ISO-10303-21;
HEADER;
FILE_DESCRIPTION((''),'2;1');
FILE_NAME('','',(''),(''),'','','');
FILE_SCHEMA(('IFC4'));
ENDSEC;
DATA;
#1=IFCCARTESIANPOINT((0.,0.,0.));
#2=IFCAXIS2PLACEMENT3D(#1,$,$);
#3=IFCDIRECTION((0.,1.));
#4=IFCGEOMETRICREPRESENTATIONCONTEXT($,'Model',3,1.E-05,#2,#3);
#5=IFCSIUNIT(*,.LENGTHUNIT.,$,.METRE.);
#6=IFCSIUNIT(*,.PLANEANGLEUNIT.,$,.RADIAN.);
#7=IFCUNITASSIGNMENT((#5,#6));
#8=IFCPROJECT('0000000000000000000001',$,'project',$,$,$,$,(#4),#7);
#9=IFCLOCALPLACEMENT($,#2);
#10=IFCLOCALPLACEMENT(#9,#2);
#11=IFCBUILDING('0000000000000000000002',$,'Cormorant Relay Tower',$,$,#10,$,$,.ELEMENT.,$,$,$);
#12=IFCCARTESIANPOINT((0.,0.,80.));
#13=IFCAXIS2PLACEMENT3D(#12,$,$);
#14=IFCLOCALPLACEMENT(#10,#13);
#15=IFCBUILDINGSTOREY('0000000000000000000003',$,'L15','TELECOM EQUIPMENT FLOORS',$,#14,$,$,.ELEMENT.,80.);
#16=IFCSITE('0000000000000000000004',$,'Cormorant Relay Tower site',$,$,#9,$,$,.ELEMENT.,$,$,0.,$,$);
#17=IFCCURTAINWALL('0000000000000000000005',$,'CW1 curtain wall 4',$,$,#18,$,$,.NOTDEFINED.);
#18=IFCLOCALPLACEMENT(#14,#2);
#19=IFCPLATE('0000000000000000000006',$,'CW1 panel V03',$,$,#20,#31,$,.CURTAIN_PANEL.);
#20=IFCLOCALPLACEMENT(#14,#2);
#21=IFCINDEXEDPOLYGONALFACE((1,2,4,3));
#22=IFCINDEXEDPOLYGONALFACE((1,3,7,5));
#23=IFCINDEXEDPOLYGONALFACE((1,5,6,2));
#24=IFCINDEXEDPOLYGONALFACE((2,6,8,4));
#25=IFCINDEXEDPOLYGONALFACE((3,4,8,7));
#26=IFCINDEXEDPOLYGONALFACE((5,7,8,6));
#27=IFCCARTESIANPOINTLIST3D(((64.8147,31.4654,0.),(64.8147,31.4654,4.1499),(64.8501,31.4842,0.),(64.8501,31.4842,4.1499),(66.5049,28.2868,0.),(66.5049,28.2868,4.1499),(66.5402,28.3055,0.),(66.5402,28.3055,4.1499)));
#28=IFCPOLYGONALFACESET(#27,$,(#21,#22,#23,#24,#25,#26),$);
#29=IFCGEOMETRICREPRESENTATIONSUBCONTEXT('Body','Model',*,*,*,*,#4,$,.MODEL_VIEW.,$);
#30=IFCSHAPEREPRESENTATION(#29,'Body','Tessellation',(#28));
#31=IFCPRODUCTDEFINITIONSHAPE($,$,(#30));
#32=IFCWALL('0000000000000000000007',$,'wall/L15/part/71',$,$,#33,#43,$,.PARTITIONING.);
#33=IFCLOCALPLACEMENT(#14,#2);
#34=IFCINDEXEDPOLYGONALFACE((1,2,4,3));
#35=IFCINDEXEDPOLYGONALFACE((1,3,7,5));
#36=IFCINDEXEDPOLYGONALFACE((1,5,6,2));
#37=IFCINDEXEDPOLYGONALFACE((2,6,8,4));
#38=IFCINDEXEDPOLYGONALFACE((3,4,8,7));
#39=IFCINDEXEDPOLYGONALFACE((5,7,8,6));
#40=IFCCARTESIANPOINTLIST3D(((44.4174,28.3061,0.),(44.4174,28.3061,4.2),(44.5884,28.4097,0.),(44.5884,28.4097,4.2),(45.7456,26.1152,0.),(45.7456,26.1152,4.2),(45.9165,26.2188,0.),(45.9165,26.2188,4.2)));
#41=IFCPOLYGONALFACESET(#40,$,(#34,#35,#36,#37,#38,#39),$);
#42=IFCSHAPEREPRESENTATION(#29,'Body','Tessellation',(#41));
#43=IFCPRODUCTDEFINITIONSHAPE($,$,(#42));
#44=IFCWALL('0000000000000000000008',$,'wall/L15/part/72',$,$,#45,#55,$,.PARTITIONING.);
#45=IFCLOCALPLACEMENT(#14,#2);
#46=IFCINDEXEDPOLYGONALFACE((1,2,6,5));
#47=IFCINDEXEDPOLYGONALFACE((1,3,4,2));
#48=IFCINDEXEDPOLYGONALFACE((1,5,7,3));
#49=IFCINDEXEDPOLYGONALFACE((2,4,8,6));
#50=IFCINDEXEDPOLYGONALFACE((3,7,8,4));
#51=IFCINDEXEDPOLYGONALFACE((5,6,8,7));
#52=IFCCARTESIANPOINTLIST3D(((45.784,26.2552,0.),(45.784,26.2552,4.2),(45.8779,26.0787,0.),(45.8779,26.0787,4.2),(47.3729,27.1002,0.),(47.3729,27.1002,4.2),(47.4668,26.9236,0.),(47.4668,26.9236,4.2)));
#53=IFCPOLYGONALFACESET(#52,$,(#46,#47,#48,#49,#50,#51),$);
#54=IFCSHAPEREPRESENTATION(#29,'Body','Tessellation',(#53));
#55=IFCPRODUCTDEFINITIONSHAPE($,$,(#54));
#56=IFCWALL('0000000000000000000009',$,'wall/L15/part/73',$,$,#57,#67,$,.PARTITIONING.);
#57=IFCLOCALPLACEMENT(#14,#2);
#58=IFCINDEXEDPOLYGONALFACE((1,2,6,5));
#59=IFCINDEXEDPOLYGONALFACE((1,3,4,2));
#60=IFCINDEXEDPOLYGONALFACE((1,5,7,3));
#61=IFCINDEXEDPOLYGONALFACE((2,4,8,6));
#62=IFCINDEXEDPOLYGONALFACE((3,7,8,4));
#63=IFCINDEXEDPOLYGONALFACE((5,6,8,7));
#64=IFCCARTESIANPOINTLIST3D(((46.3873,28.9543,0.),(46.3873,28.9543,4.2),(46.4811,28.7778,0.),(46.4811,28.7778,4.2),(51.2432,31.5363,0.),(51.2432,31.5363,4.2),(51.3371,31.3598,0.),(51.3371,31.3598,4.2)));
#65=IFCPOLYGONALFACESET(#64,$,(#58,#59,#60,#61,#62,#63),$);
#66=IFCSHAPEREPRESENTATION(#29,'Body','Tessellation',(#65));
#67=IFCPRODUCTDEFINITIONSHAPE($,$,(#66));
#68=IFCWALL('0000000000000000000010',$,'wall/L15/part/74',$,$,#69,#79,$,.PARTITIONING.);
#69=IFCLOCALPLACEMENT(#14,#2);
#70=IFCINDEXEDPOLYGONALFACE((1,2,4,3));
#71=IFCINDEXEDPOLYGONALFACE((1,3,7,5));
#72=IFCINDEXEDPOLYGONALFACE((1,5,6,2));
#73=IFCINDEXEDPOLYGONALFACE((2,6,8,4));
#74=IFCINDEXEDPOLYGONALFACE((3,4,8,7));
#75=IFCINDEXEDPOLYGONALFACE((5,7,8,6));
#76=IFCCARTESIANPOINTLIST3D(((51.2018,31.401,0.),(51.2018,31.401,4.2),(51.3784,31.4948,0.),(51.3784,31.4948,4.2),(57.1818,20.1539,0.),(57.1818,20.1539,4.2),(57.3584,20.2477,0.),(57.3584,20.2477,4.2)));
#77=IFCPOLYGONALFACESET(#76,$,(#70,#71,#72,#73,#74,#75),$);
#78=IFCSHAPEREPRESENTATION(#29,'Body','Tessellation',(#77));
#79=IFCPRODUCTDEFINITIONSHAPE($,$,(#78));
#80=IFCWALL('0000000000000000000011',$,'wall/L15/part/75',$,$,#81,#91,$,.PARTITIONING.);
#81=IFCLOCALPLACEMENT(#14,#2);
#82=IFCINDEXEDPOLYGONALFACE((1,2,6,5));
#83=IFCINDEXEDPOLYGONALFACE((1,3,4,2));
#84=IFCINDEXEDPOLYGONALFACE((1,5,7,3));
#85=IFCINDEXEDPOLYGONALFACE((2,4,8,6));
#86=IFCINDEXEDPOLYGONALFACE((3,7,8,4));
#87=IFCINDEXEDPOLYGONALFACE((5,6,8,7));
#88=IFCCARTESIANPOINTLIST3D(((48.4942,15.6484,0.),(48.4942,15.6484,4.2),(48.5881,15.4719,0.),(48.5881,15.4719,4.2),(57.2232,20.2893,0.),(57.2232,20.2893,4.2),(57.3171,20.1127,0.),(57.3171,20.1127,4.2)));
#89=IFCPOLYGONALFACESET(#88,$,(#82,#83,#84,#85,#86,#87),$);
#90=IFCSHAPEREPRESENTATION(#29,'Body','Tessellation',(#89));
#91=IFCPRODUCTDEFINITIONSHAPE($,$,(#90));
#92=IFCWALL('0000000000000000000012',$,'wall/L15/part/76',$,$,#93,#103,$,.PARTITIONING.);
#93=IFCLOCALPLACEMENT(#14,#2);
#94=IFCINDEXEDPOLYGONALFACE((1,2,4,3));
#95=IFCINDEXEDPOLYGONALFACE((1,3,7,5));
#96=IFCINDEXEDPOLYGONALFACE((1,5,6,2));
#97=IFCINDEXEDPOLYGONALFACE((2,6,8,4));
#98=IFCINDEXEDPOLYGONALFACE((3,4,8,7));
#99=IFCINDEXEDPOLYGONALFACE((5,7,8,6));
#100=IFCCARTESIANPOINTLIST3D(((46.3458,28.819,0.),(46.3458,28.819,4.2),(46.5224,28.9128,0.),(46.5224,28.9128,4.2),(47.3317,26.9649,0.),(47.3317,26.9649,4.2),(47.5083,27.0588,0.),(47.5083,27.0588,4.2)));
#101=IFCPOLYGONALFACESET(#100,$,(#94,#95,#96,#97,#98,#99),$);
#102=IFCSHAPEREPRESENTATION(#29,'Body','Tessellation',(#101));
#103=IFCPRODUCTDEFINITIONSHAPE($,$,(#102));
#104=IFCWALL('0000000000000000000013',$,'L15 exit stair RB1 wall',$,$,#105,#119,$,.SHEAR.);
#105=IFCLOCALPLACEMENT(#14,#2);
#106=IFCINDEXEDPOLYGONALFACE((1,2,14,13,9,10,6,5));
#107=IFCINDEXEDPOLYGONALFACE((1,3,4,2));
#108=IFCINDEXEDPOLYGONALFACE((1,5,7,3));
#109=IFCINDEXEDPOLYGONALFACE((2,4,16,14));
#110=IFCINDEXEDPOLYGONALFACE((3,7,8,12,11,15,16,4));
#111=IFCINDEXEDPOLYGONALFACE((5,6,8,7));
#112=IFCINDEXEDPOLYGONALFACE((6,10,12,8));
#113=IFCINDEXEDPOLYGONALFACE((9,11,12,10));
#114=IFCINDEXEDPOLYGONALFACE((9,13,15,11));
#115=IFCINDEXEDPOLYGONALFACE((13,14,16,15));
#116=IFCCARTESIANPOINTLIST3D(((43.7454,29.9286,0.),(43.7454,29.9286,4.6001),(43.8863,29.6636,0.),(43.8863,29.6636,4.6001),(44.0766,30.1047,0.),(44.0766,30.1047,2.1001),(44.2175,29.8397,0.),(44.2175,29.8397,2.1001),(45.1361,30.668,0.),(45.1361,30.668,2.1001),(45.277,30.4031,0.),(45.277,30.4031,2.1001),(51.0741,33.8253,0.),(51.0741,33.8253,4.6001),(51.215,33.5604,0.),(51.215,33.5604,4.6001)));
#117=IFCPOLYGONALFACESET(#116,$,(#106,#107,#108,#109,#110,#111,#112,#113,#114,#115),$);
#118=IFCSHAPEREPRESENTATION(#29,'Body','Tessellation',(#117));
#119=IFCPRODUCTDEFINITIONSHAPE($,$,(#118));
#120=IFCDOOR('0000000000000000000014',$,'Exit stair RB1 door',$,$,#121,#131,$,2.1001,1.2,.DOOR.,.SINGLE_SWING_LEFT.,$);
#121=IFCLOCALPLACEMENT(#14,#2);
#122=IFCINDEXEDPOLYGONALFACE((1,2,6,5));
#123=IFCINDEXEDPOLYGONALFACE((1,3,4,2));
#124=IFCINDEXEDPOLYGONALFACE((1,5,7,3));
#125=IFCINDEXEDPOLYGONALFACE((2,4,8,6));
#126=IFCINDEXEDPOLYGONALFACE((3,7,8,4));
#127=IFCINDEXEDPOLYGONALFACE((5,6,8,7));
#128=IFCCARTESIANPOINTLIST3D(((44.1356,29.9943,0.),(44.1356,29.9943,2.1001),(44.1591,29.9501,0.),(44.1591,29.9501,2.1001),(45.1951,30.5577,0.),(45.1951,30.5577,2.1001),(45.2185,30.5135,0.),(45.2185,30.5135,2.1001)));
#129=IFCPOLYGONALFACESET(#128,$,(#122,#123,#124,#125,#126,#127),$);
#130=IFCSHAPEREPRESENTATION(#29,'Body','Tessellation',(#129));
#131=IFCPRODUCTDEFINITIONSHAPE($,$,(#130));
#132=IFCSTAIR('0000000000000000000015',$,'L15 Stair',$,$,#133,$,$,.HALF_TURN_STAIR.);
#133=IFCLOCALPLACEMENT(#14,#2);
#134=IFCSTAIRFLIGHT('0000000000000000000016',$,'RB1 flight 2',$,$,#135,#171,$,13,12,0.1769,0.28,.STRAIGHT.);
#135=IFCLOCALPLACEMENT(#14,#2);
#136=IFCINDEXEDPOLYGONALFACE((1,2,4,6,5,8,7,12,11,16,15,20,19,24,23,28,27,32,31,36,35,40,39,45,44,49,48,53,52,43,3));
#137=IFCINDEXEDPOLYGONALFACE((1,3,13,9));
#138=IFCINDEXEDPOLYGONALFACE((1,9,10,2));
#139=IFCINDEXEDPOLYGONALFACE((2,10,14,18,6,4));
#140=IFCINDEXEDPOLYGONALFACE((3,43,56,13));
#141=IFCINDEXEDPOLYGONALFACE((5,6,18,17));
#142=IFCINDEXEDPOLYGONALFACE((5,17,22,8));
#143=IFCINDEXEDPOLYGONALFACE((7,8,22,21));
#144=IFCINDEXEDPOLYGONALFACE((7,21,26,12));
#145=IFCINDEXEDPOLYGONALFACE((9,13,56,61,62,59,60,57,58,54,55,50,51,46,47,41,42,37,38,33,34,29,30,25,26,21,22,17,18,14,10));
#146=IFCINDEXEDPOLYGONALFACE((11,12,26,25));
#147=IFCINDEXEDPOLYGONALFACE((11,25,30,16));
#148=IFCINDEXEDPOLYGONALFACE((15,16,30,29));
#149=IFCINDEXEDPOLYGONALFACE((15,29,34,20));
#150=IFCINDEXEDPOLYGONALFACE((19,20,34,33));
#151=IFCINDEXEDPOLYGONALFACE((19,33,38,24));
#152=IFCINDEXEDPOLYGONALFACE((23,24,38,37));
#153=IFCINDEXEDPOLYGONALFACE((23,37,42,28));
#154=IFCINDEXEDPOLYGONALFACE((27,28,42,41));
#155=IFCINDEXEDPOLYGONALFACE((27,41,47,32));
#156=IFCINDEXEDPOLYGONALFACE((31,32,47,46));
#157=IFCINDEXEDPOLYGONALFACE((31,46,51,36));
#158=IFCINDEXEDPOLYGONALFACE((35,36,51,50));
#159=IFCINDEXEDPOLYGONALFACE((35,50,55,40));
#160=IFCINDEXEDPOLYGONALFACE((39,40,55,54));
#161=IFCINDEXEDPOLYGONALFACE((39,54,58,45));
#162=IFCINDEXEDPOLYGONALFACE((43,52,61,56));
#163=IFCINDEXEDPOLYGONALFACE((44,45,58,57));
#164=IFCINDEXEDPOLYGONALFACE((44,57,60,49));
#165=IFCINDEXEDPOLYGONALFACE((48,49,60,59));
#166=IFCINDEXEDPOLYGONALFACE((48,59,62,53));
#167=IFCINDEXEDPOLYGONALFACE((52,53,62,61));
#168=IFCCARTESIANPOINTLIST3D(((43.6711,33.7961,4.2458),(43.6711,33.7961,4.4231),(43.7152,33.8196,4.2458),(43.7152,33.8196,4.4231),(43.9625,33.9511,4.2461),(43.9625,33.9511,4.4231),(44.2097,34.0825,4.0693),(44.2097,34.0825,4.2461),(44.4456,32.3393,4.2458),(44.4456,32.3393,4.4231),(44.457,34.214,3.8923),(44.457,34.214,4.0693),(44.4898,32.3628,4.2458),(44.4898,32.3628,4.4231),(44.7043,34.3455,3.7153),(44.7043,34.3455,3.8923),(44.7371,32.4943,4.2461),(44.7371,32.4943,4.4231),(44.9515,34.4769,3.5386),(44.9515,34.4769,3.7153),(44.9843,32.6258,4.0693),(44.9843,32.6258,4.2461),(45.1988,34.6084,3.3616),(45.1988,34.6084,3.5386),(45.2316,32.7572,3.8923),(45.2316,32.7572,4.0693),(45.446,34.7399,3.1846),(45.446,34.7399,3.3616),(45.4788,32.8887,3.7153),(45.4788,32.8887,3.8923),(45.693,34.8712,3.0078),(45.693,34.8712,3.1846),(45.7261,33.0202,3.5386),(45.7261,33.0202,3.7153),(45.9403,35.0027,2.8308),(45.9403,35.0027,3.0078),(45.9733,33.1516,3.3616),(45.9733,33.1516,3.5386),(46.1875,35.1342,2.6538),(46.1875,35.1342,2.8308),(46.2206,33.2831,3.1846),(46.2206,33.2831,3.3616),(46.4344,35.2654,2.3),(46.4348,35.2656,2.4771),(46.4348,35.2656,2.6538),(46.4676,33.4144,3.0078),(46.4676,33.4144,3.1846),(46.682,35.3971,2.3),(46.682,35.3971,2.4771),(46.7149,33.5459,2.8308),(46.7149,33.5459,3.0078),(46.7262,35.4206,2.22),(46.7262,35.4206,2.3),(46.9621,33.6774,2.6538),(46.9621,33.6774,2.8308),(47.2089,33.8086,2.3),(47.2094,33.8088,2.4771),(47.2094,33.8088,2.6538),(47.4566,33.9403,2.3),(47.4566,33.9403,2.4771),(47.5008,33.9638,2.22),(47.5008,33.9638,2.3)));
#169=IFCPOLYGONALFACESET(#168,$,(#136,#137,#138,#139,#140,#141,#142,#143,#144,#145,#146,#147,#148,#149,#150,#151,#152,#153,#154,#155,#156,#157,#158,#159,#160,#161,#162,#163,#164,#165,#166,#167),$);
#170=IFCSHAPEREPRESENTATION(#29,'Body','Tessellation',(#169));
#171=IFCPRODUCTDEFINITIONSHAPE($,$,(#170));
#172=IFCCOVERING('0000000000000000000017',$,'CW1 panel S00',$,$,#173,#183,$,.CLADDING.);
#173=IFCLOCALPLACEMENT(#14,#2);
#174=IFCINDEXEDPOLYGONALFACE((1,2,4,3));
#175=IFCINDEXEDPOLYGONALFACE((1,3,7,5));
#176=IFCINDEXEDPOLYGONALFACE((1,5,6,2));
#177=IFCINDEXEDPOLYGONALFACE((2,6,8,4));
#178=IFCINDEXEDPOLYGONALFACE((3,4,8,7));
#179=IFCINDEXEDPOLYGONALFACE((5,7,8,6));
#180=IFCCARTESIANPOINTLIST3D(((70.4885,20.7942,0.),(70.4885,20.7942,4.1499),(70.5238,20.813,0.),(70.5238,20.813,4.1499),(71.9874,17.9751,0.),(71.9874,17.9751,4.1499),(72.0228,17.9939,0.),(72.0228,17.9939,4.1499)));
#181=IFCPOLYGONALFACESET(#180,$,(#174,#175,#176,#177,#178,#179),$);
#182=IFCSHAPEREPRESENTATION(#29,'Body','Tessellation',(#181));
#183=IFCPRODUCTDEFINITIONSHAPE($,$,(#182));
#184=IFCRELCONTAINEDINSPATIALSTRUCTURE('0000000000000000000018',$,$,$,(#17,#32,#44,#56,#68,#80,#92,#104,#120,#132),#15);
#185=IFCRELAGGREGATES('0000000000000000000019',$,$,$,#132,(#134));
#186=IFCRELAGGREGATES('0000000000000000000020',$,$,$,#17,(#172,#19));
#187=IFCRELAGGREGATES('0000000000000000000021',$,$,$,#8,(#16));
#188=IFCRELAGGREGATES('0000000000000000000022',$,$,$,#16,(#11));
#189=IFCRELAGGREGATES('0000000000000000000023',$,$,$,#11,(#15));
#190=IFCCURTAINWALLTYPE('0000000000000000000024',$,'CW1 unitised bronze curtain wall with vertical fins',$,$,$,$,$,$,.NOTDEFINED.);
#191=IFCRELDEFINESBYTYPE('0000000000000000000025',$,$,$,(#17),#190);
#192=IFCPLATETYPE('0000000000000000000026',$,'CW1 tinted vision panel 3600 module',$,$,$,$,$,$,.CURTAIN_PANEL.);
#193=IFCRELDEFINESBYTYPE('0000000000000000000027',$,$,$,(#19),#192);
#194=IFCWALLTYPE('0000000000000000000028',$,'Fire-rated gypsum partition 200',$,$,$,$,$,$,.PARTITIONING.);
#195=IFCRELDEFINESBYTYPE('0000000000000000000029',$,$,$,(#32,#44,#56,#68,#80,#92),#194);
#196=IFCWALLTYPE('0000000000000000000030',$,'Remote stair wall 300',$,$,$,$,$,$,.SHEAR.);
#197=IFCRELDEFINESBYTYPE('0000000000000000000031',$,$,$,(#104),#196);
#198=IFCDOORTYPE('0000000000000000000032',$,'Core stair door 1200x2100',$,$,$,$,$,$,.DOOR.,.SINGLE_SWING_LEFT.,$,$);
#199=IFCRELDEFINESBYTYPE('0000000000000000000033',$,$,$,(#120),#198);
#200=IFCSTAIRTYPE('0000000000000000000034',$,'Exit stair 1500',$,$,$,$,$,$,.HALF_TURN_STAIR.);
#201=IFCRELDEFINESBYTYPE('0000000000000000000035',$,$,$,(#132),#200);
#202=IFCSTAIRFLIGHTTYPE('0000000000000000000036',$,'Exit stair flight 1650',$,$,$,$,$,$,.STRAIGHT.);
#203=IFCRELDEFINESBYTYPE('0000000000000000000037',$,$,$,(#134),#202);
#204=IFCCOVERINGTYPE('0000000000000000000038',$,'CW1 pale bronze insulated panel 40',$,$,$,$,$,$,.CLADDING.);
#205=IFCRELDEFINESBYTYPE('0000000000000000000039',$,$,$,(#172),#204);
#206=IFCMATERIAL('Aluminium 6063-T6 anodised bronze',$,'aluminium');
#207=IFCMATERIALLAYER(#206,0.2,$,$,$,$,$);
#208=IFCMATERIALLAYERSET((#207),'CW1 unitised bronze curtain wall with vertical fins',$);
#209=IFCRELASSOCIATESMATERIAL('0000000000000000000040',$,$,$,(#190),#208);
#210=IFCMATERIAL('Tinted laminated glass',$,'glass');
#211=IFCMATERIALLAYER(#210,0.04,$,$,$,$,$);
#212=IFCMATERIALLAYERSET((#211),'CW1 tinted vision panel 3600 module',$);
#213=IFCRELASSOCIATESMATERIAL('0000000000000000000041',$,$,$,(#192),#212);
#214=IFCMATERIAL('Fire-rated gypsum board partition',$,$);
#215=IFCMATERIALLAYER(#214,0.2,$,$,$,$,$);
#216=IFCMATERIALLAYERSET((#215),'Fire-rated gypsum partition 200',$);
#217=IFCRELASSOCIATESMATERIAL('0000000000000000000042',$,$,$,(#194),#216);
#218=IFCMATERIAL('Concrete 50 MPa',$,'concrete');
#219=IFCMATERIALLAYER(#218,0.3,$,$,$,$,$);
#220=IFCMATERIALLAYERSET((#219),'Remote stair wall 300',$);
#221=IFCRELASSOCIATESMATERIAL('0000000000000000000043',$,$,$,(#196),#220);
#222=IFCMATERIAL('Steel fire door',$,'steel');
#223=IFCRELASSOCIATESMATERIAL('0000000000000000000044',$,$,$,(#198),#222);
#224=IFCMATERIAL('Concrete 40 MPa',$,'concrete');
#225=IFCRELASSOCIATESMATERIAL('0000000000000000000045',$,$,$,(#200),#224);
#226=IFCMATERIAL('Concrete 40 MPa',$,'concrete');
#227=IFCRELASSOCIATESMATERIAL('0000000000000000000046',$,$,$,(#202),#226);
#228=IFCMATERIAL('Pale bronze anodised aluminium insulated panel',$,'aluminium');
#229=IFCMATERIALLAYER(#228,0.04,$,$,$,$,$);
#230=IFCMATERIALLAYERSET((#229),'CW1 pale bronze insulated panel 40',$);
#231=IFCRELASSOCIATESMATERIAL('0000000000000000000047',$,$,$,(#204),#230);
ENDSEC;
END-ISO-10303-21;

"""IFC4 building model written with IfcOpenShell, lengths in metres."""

from ifc_helpers import new_model, si_unit, direction, frame, frame_2d, origin, origin_2d, place, context, subcontext, project, spatial, polyline, rectangle, outline, extrude, material, layer, layer_set, type_object, element, fill, aggregate, save


model = new_model("IFC4")

# Units and contexts
model_context = context("Model", 3, precision=1e-05, world=origin(), true_north=direction((0.0, 1.0)))
body_context = subcontext(model_context, "Body", "Model", "MODEL_VIEW")
ifc_project = project(units=[si_unit("LENGTHUNIT", "METRE"), si_unit("PLANEANGLEUNIT", "RADIAN")], contexts=[model_context])

# Site, building, storey
site_placement = place(None, origin())
site = spatial("IfcSite", under=ifc_project, at=site_placement, Name="Cormorant Relay Tower site", CompositionType="ELEMENT", RefElevation=0.0)
building_placement = place(site_placement, origin())
building = spatial("IfcBuilding", under=site, at=building_placement, Name="Cormorant Relay Tower", CompositionType="ELEMENT")
storey_placement = place(building_placement, frame((0.0, 0.0, 80.0)))
storey = spatial("IfcBuildingStorey", under=building, at=storey_placement, Name="L15", Description="TELECOM EQUIPMENT FLOORS", CompositionType="ELEMENT", Elevation=80.0)

# Curtain wall
ifc_material_1 = material(Name="Aluminium 6063-T6 anodised bronze", Category="aluminium")
ifc_layer_1 = layer(ifc_material_1, 0.2)
ifc_layer_set_1 = layer_set([ifc_layer_1], Name="CW1 unitised bronze curtain wall with vertical fins")
curtain_wall_type = type_object("IfcCurtainWallType", Name="CW1 unitised bronze curtain wall with vertical fins", PredefinedType="NOTDEFINED", material=ifc_layer_set_1)
curtain_wall_placement = place(storey_placement, origin())
curtain_wall = element("IfcCurtainWall", 1, at=curtain_wall_placement, inside=storey, type_object=curtain_wall_type, Name="CW1 curtain wall 4", PredefinedType="NOTDEFINED")

# Plate
ifc_material_2 = material(Name="Tinted laminated glass", Category="glass")
ifc_layer_2 = layer(ifc_material_2, 0.04)
ifc_layer_set_2 = layer_set([ifc_layer_2], Name="CW1 tinted vision panel 3600 module")
plate_type_1 = type_object("IfcPlateType", Name="CW1 tinted vision panel 3600 module", PredefinedType="CURTAIN_PANEL", material=ifc_layer_set_2)
plate_1_placement = place(storey_placement, frame((65.6775, 29.8855, 0.0), z_axis=(0.0, 0.0, 1.0), x_axis=(-0.469472, 0.882948, 0.0)))
plate_1 = element("IfcPlate", 2, at=plate_1_placement, type_object=plate_type_1, Name="CW1 panel V03", PredefinedType="CURTAIN_PANEL", context=body_context, shape_type="SweptSolid", body=[
    extrude(rectangle(XDim=3.6001, YDim=0.04, at=origin_2d()), origin(), (0.0, 0.0, 1.0), 4.1499),
])

# Walls
ifc_material_3 = material(Name="Fire-rated gypsum board partition")
ifc_layer_3 = layer(ifc_material_3, 0.2)
ifc_layer_set_3 = layer_set([ifc_layer_3], Name="Fire-rated gypsum partition 200")
wall_type_1 = type_object("IfcWallType", Name="Fire-rated gypsum partition 200", PredefinedType="PARTITIONING", material=ifc_layer_set_3)
wall_1_placement = place(storey_placement, frame((45.8311, 26.167, 0.0), z_axis=(0.0, 0.0, 1.0), x_axis=(-0.518386, 0.855147, 0.0)))
element("IfcWall", 3, at=wall_1_placement, inside=storey, type_object=wall_type_1, Name="wall/L15/part/71", PredefinedType="PARTITIONING", context=body_context, shape_type="SweptSolid", body=[
    extrude(rectangle(XDim=2.562, YDim=0.2, at=frame_2d((1.281, 0.0))), origin(), (0.0, 0.0, 1.0), 4.2),
])
wall_2_placement = place(storey_placement, frame((47.4199, 27.012, 0.0), z_axis=(0.0, 0.0, 1.0), x_axis=(-0.882912, -0.469539, 0.0)))
element("IfcWall", 4, at=wall_2_placement, inside=storey, type_object=wall_type_1, Name="wall/L15/part/72", PredefinedType="PARTITIONING", context=body_context, shape_type="SweptSolid", body=[
    extrude(rectangle(XDim=1.7996, YDim=0.2, at=frame_2d((0.8999, 0.0))), origin(), (0.0, 0.0, 1.0), 4.2),
])
wall_3_placement = place(storey_placement, frame((46.4341, 28.866, 0.0), z_axis=(0.0, 0.0, 1.0), x_axis=(0.882942, 0.469482, 0.0)))
element("IfcWall", 5, at=wall_3_placement, inside=storey, type_object=wall_type_1, Name="wall/L15/part/73", PredefinedType="PARTITIONING", context=body_context, shape_type="SweptSolid", body=[
    extrude(rectangle(XDim=5.4998, YDim=0.2, at=frame_2d((2.75, 0.0))), origin(), (0.0, 0.0, 1.0), 4.2),
])
wall_4_placement = place(storey_placement, frame((51.29, 31.448, 0.0), z_axis=(0.0, 0.0, 1.0), x_axis=(0.46946, -0.882954, 0.0)))
element("IfcWall", 6, at=wall_4_placement, inside=storey, type_object=wall_type_1, Name="wall/L15/part/74", PredefinedType="PARTITIONING", context=body_context, shape_type="SweptSolid", body=[
    extrude(rectangle(XDim=12.738, YDim=0.2, at=frame_2d((6.3691, 0.0))), origin(), (0.0, 0.0, 1.0), 4.2),
])
wall_5_placement = place(storey_placement, frame((57.27, 20.2009, 0.0), z_axis=(0.0, 0.0, 1.0), x_axis=(-0.882965, -0.469438, 0.0)))
element("IfcWall", 7, at=wall_5_placement, inside=storey, type_object=wall_type_1, Name="wall/L15/part/75", PredefinedType="PARTITIONING", context=body_context, shape_type="SweptSolid", body=[
    extrude(rectangle(XDim=9.886, YDim=0.2, at=frame_2d((4.9429, 0.0))), origin(), (0.0, 0.0, 1.0), 4.2),
])
wall_6_placement = place(storey_placement, frame((47.4199, 27.012, 0.0), z_axis=(0.0, 0.0, 1.0), x_axis=(-0.46949, 0.882938, 0.0)))
element("IfcWall", 8, at=wall_6_placement, inside=storey, type_object=wall_type_1, Name="wall/L15/part/76", PredefinedType="PARTITIONING", context=body_context, shape_type="SweptSolid", body=[
    extrude(rectangle(XDim=2.0999, YDim=0.2, at=frame_2d((1.0498, 0.0))), origin(), (0.0, 0.0, 1.0), 4.2),
])

# Wall, opening, door
ifc_material_4 = material(Name="Concrete 50 MPa", Category="concrete")
ifc_layer_4 = layer(ifc_material_4, 0.3)
ifc_layer_set_4 = layer_set([ifc_layer_4], Name="Remote stair wall 300")
wall_type_2 = type_object("IfcWallType", Name="Remote stair wall 300", PredefinedType="SHEAR", material=ifc_layer_set_4)
wall_7_placement = place(storey_placement, frame((51.1445, 33.6929, 0.0), z_axis=(0.0, 0.0, 1.0), x_axis=(-0.882946, -0.469475, 0.0)))
wall_7 = element("IfcWall", 9, at=wall_7_placement, inside=storey, type_object=wall_type_2, Name="L15 exit stair RB1 wall", PredefinedType="SHEAR", context=body_context, shape_type="SweptSolid", body=[
    extrude(rectangle(XDim=8.3003, YDim=0.3, at=frame_2d((4.1501, 0.0))), origin(), (0.0, 0.0, 1.0), 4.6001),
])
opening_placement = place(wall_7_placement, frame((6.7251, 0.0, 0.0)))
opening = element("IfcOpeningElement", 10, at=opening_placement, cuts=wall_7, PredefinedType="OPENING", context=body_context, shape_type="SweptSolid", body=[
    extrude(rectangle(XDim=1.2, YDim=2.1001, at=frame_2d((0.6001, 1.05))), frame((0.0, 0.1599, 0.0), z_axis=(0.0, -1.0, 0.0), x_axis=(1.0, 0.0, 0.0)), (0.0, 0.0, 1.0), 0.3201),
])
ifc_material_5 = material(Name="Steel fire door", Category="steel")
door_type = type_object("IfcDoorType", Name="Core stair door 1200x2100", OperationType="SINGLE_SWING_LEFT", PredefinedType="DOOR", material=ifc_material_5)
door_placement = place(opening_placement, frame((1.2, 0.0, 0.0), z_axis=(0.0, 0.0, 1.0), x_axis=(-1.0, 0.0, 0.0)))
door = element("IfcDoor", 11, at=door_placement, inside=storey, type_object=door_type, Name="Exit stair RB1 door", OperationType="SINGLE_SWING_LEFT", OverallHeight=2.1001, OverallWidth=1.2, PredefinedType="DOOR", context=body_context, shape_type="SweptSolid", body=[
    extrude(rectangle(XDim=1.2, YDim=2.1001, at=frame_2d((0.6001, 1.05))), frame((0.0, 0.0249, 0.0), z_axis=(0.0, -1.0, 0.0), x_axis=(1.0, 0.0, 0.0)), (0.0, 0.0, 1.0), 0.05),
])
fill(opening, door)

# Stair, stair flight
ifc_material_6 = material(Name="Concrete 40 MPa", Category="concrete")
stair_type = type_object("IfcStairType", Name="Exit stair 1500", PredefinedType="HALF_TURN_STAIR", material=ifc_material_6)
stair_placement = place(storey_placement, origin())
stair = element("IfcStair", 12, at=stair_placement, inside=storey, type_object=stair_type, Name="L15 Stair", PredefinedType="HALF_TURN_STAIR")
ifc_material_7 = material(Name="Concrete 40 MPa", Category="concrete")
stair_flight_type = type_object("IfcStairFlightType", Name="Exit stair flight 1650", PredefinedType="STRAIGHT", material=ifc_material_7)
stair_flight_placement = place(storey_placement, frame((47.0693, 34.6687, 2.3), z_axis=(0.0, 0.0, 1.0), x_axis=(-0.882948, -0.469472, 0.0)))
stair_flight = element("IfcStairFlight", 13, at=stair_flight_placement, type_object=stair_flight_type, Name="RB1 flight 2", NumberOfRisers=13, NumberOfTreads=12, PredefinedType="STRAIGHT", RiserHeight=0.1769, TreadLength=0.28, context=body_context, shape_type="SweptSolid", body=[
    extrude(outline(polyline([(-0.05, -0.0801), (-0.05, 0.0), (0.0, 0.0), (0.0, 0.177), (0.28, 0.177), (0.28, 0.3538), (0.5601, 0.3538), (0.5601, 0.5308), (0.8401, 0.5308), (0.8401, 0.7078), (1.1201, 0.7078), (1.1201, 0.8845), (1.3999, 0.8845), (1.3999, 1.0615), (1.6799, 1.0615), (1.6799, 1.2385), (1.96, 1.2385), (1.96, 1.4153), (2.24, 1.4153), (2.24, 1.5923), (2.52, 1.5923), (2.52, 1.7693), (2.8, 1.7693), (2.8, 1.946), (3.0801, 1.946), (3.0801, 2.123), (3.3601, 2.123), (3.4102, 2.123), (3.4102, 1.9458), (3.3601, 1.9458), (0.2805, 0.0), (-0.05, -0.0801)])), frame((0.0, 0.825, 0.0), z_axis=(0.0, -1.0, 0.0), x_axis=(1.0, 0.0, 0.0)), (0.0, 0.0, 1.0), 1.6499),
])
aggregate(stair, [stair_flight])

# Covering
ifc_material_8 = material(Name="Pale bronze anodised aluminium insulated panel", Category="aluminium")
ifc_layer_5 = layer(ifc_material_8, 0.04)
ifc_layer_set_5 = layer_set([ifc_layer_5], Name="CW1 pale bronze insulated panel 40")
covering_type = type_object("IfcCoveringType", Name="CW1 pale bronze insulated panel 40", PredefinedType="CLADDING", material=ifc_layer_set_5)
covering_1_placement = place(storey_placement, frame((71.2556, 19.394, 0.0), z_axis=(0.0, 0.0, 1.0), x_axis=(-0.469472, 0.882948, 0.0)))
covering_1 = element("IfcCovering", 14, at=covering_1_placement, type_object=covering_type, Name="CW1 panel S00", PredefinedType="CLADDING", context=body_context, shape_type="SweptSolid", body=[
    extrude(rectangle(XDim=3.1929, YDim=0.04, at=origin_2d()), origin(), (0.0, 0.0, 1.0), 4.1499),
])
aggregate(curtain_wall, [covering_1, plate_1])

save(model, "model.ifc")
